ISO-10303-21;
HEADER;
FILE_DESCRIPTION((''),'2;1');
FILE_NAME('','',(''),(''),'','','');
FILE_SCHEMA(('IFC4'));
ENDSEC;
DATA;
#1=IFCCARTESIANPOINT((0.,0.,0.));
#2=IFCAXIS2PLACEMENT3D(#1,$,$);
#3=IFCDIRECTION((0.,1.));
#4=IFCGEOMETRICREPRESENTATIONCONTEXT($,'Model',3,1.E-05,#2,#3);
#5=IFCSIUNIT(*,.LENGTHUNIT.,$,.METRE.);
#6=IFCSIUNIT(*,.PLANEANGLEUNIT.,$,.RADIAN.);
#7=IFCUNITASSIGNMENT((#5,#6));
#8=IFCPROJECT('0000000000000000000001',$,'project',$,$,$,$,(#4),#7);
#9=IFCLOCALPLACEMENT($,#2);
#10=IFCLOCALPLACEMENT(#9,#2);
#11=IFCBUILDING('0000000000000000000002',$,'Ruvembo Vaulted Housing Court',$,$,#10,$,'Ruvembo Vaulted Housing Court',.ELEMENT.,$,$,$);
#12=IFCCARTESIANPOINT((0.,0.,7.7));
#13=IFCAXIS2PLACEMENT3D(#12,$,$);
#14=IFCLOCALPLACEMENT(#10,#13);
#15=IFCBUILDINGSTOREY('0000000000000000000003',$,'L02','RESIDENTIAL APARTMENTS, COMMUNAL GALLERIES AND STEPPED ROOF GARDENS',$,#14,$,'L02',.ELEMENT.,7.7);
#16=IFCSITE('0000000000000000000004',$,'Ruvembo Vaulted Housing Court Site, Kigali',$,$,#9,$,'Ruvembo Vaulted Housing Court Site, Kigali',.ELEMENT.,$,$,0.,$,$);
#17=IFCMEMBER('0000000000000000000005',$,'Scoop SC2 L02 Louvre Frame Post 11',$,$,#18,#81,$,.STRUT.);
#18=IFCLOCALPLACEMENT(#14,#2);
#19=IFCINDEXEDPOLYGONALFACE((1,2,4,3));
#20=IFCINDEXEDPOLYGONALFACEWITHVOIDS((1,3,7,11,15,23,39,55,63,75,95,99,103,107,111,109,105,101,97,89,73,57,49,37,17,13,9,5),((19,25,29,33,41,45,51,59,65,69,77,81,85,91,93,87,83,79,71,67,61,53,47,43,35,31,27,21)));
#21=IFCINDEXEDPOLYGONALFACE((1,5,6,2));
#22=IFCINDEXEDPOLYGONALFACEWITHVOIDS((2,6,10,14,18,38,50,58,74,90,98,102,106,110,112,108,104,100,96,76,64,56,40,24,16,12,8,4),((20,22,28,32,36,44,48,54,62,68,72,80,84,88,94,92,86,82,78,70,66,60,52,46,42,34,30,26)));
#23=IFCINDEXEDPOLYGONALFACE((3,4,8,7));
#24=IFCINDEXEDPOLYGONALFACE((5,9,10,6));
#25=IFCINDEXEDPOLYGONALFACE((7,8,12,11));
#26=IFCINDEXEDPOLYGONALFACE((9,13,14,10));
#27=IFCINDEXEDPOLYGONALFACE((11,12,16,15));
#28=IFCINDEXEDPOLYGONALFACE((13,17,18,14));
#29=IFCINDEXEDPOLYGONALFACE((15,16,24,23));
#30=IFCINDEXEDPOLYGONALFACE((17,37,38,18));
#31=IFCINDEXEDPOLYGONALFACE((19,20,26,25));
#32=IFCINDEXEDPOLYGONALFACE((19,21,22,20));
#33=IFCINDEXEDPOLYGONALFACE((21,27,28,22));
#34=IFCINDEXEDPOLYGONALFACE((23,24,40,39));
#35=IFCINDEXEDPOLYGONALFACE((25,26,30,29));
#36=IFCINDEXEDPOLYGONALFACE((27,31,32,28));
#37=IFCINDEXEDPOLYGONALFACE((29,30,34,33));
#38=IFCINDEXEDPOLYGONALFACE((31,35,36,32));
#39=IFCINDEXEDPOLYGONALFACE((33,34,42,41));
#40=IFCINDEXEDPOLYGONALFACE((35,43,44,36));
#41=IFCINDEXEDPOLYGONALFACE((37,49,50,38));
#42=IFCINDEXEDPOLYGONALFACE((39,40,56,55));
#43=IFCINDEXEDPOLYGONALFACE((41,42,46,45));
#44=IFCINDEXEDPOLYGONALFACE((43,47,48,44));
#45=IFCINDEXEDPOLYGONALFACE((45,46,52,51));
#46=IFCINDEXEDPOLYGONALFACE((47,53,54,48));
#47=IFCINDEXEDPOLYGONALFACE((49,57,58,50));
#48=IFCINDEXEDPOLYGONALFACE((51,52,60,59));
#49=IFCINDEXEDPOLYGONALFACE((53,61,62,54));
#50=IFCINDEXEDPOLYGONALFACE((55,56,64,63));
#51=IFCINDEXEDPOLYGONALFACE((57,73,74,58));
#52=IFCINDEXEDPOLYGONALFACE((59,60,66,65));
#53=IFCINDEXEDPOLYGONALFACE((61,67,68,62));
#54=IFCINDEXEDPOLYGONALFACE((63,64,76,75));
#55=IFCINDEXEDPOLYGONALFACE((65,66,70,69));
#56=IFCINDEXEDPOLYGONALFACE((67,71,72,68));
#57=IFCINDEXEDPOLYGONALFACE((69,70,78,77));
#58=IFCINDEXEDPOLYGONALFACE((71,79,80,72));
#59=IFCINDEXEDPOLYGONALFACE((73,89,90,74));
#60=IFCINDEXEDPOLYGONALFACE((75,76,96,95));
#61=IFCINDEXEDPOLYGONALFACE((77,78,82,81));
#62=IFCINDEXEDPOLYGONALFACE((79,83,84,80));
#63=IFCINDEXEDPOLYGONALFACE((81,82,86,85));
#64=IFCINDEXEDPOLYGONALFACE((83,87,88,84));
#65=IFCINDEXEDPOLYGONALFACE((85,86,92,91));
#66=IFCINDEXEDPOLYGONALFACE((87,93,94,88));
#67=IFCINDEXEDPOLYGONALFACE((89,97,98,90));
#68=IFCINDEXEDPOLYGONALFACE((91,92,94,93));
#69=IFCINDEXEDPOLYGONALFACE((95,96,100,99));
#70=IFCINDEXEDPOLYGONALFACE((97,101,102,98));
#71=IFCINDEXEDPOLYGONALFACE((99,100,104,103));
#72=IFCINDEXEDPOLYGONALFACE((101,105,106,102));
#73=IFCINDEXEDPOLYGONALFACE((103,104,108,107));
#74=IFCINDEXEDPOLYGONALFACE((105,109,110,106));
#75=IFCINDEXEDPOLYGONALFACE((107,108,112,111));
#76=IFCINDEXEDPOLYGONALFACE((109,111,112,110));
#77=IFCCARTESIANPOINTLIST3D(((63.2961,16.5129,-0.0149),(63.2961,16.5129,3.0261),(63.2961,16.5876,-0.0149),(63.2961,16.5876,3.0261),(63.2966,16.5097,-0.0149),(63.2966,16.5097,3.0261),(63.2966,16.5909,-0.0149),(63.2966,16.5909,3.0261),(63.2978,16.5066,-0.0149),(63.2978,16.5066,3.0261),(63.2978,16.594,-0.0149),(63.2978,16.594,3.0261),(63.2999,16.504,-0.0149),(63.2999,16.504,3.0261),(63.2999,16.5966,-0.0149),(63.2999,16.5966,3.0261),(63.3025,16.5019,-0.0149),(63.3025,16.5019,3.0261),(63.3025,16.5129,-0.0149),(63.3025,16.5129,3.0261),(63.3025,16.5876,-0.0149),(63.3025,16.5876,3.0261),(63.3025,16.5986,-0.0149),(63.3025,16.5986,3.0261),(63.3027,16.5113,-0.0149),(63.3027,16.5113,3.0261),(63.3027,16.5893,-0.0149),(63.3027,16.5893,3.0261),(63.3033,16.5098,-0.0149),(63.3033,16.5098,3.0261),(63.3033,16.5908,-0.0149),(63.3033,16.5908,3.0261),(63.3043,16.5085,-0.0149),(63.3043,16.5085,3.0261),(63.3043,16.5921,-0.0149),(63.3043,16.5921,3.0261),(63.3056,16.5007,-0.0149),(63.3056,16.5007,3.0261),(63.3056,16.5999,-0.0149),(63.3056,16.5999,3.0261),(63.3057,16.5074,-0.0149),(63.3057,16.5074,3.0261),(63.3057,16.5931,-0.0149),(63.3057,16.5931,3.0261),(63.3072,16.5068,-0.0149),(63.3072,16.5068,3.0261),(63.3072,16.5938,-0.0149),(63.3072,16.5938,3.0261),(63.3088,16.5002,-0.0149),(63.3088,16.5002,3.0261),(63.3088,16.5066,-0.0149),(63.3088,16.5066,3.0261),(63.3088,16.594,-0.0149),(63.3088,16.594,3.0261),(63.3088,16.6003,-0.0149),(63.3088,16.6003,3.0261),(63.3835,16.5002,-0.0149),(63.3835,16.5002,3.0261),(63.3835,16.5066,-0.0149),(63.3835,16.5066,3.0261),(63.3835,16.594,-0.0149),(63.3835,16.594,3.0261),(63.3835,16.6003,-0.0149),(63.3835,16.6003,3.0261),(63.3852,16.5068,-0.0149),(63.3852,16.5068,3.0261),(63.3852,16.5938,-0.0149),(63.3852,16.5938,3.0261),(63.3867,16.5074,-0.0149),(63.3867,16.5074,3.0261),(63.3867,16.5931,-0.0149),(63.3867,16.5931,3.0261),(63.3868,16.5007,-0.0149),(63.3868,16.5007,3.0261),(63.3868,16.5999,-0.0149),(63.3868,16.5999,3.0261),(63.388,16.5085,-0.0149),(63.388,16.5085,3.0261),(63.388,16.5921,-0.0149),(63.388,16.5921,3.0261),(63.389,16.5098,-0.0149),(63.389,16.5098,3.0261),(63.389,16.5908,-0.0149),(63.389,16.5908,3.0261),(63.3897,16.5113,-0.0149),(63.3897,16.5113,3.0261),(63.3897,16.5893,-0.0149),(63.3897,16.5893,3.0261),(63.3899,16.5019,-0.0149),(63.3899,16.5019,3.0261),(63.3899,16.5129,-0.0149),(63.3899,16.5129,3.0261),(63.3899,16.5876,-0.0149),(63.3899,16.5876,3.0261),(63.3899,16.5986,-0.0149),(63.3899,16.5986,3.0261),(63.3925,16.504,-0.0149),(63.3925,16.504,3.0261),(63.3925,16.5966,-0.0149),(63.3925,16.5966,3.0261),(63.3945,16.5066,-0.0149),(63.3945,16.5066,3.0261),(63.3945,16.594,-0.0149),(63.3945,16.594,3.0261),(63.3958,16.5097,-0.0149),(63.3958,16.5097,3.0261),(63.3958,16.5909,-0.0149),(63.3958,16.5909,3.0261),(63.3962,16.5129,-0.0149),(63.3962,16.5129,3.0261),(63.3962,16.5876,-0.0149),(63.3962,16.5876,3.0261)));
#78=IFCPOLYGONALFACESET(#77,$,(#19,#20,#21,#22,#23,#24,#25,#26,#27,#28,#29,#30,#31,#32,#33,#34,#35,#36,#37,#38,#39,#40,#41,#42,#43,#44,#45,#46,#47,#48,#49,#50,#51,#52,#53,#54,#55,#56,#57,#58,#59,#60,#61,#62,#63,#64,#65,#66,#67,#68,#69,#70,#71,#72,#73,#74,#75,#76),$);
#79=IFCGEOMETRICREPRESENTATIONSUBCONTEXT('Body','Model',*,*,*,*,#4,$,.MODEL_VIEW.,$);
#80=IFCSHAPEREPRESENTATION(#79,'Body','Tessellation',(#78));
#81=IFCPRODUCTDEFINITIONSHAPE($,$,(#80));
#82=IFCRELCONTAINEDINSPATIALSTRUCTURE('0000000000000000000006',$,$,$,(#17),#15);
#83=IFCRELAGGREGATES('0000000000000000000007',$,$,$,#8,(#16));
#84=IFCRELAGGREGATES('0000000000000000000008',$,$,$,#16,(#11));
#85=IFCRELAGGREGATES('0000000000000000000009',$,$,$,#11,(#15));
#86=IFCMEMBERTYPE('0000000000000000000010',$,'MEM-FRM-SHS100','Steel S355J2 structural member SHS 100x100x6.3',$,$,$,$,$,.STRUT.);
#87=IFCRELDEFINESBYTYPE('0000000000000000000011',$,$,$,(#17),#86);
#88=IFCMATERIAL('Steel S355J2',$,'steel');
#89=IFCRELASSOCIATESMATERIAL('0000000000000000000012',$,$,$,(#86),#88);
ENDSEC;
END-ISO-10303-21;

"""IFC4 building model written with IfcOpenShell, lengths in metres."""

from ifc_helpers import new_model, si_unit, direction, frame, origin, origin_2d, place, context, subcontext, project, spatial, hollow_rectangle, extrude, material, material_profile, profile_set, type_object, element, save


model = new_model("IFC4")

# Units and contexts
model_context = context("Model", 3, precision=1e-05, world=origin(), true_north=direction((0.0, 1.0)))
body_context = subcontext(model_context, "Body", "Model", "MODEL_VIEW")
ifc_project = project(units=[si_unit("LENGTHUNIT", "METRE"), si_unit("PLANEANGLEUNIT", "RADIAN")], contexts=[model_context])

# Site, building, storey
site_placement = place(None, origin())
site = spatial("IfcSite", under=ifc_project, at=site_placement, Name="Ruvembo Vaulted Housing Court Site, Kigali", LongName="Ruvembo Vaulted Housing Court Site, Kigali", CompositionType="ELEMENT", RefElevation=0.0)
building_placement = place(site_placement, origin())
building = spatial("IfcBuilding", under=site, at=building_placement, Name="Ruvembo Vaulted Housing Court", LongName="Ruvembo Vaulted Housing Court", CompositionType="ELEMENT")
storey_placement = place(building_placement, frame((0.0, 0.0, 7.7)))
storey = spatial("IfcBuildingStorey", under=building, at=storey_placement, Name="L02", Description="RESIDENTIAL APARTMENTS, COMMUNAL GALLERIES AND STEPPED ROOF GARDENS", LongName="L02", CompositionType="ELEMENT", Elevation=7.7)

# Shared definitions
ifc_material_1 = material(Name="Steel S355J2", Category="steel")

# Member
ifc_material_profile_1 = material_profile(ifc_material_1, hollow_rectangle(XDim=0.1001, YDim=0.1001, WallThickness=0.0063, InnerFilletRadius=0.0063, OuterFilletRadius=0.0127, at=origin_2d()), Name="SHS 100x100x6.3")
ifc_profile_set_1 = profile_set([ifc_material_profile_1], Name="Steel S355J2")
member_type_1 = type_object("IfcMemberType", Name="MEM-FRM-SHS100", Description="Steel S355J2 structural member SHS 100x100x6.3", PredefinedType="STRUT", material=ifc_profile_set_1)
for number, where, z_axis, x_axis, name in (
    (1, (63.3462, 16.5503, -0.0149), (0.0, 0.0, 1.0), (1.0, 0.0, 0.0), "Scoop SC2 L02 Louvre Frame Post 11"),
):
    element("IfcMember", number, at=place(storey_placement, frame(where, z_axis=z_axis, x_axis=x_axis)), inside=storey, type_object=member_type_1, Name=name, PredefinedType="STRUT", context=body_context, shape_type="SweptSolid", body=[
        extrude(hollow_rectangle(XDim=0.1001, YDim=0.1001, WallThickness=0.0063, InnerFilletRadius=0.0063, OuterFilletRadius=0.0127, at=origin_2d()), origin(), (0.0, 0.0, 1.0), 3.041),
    ])

save(model, "model.ifc")
